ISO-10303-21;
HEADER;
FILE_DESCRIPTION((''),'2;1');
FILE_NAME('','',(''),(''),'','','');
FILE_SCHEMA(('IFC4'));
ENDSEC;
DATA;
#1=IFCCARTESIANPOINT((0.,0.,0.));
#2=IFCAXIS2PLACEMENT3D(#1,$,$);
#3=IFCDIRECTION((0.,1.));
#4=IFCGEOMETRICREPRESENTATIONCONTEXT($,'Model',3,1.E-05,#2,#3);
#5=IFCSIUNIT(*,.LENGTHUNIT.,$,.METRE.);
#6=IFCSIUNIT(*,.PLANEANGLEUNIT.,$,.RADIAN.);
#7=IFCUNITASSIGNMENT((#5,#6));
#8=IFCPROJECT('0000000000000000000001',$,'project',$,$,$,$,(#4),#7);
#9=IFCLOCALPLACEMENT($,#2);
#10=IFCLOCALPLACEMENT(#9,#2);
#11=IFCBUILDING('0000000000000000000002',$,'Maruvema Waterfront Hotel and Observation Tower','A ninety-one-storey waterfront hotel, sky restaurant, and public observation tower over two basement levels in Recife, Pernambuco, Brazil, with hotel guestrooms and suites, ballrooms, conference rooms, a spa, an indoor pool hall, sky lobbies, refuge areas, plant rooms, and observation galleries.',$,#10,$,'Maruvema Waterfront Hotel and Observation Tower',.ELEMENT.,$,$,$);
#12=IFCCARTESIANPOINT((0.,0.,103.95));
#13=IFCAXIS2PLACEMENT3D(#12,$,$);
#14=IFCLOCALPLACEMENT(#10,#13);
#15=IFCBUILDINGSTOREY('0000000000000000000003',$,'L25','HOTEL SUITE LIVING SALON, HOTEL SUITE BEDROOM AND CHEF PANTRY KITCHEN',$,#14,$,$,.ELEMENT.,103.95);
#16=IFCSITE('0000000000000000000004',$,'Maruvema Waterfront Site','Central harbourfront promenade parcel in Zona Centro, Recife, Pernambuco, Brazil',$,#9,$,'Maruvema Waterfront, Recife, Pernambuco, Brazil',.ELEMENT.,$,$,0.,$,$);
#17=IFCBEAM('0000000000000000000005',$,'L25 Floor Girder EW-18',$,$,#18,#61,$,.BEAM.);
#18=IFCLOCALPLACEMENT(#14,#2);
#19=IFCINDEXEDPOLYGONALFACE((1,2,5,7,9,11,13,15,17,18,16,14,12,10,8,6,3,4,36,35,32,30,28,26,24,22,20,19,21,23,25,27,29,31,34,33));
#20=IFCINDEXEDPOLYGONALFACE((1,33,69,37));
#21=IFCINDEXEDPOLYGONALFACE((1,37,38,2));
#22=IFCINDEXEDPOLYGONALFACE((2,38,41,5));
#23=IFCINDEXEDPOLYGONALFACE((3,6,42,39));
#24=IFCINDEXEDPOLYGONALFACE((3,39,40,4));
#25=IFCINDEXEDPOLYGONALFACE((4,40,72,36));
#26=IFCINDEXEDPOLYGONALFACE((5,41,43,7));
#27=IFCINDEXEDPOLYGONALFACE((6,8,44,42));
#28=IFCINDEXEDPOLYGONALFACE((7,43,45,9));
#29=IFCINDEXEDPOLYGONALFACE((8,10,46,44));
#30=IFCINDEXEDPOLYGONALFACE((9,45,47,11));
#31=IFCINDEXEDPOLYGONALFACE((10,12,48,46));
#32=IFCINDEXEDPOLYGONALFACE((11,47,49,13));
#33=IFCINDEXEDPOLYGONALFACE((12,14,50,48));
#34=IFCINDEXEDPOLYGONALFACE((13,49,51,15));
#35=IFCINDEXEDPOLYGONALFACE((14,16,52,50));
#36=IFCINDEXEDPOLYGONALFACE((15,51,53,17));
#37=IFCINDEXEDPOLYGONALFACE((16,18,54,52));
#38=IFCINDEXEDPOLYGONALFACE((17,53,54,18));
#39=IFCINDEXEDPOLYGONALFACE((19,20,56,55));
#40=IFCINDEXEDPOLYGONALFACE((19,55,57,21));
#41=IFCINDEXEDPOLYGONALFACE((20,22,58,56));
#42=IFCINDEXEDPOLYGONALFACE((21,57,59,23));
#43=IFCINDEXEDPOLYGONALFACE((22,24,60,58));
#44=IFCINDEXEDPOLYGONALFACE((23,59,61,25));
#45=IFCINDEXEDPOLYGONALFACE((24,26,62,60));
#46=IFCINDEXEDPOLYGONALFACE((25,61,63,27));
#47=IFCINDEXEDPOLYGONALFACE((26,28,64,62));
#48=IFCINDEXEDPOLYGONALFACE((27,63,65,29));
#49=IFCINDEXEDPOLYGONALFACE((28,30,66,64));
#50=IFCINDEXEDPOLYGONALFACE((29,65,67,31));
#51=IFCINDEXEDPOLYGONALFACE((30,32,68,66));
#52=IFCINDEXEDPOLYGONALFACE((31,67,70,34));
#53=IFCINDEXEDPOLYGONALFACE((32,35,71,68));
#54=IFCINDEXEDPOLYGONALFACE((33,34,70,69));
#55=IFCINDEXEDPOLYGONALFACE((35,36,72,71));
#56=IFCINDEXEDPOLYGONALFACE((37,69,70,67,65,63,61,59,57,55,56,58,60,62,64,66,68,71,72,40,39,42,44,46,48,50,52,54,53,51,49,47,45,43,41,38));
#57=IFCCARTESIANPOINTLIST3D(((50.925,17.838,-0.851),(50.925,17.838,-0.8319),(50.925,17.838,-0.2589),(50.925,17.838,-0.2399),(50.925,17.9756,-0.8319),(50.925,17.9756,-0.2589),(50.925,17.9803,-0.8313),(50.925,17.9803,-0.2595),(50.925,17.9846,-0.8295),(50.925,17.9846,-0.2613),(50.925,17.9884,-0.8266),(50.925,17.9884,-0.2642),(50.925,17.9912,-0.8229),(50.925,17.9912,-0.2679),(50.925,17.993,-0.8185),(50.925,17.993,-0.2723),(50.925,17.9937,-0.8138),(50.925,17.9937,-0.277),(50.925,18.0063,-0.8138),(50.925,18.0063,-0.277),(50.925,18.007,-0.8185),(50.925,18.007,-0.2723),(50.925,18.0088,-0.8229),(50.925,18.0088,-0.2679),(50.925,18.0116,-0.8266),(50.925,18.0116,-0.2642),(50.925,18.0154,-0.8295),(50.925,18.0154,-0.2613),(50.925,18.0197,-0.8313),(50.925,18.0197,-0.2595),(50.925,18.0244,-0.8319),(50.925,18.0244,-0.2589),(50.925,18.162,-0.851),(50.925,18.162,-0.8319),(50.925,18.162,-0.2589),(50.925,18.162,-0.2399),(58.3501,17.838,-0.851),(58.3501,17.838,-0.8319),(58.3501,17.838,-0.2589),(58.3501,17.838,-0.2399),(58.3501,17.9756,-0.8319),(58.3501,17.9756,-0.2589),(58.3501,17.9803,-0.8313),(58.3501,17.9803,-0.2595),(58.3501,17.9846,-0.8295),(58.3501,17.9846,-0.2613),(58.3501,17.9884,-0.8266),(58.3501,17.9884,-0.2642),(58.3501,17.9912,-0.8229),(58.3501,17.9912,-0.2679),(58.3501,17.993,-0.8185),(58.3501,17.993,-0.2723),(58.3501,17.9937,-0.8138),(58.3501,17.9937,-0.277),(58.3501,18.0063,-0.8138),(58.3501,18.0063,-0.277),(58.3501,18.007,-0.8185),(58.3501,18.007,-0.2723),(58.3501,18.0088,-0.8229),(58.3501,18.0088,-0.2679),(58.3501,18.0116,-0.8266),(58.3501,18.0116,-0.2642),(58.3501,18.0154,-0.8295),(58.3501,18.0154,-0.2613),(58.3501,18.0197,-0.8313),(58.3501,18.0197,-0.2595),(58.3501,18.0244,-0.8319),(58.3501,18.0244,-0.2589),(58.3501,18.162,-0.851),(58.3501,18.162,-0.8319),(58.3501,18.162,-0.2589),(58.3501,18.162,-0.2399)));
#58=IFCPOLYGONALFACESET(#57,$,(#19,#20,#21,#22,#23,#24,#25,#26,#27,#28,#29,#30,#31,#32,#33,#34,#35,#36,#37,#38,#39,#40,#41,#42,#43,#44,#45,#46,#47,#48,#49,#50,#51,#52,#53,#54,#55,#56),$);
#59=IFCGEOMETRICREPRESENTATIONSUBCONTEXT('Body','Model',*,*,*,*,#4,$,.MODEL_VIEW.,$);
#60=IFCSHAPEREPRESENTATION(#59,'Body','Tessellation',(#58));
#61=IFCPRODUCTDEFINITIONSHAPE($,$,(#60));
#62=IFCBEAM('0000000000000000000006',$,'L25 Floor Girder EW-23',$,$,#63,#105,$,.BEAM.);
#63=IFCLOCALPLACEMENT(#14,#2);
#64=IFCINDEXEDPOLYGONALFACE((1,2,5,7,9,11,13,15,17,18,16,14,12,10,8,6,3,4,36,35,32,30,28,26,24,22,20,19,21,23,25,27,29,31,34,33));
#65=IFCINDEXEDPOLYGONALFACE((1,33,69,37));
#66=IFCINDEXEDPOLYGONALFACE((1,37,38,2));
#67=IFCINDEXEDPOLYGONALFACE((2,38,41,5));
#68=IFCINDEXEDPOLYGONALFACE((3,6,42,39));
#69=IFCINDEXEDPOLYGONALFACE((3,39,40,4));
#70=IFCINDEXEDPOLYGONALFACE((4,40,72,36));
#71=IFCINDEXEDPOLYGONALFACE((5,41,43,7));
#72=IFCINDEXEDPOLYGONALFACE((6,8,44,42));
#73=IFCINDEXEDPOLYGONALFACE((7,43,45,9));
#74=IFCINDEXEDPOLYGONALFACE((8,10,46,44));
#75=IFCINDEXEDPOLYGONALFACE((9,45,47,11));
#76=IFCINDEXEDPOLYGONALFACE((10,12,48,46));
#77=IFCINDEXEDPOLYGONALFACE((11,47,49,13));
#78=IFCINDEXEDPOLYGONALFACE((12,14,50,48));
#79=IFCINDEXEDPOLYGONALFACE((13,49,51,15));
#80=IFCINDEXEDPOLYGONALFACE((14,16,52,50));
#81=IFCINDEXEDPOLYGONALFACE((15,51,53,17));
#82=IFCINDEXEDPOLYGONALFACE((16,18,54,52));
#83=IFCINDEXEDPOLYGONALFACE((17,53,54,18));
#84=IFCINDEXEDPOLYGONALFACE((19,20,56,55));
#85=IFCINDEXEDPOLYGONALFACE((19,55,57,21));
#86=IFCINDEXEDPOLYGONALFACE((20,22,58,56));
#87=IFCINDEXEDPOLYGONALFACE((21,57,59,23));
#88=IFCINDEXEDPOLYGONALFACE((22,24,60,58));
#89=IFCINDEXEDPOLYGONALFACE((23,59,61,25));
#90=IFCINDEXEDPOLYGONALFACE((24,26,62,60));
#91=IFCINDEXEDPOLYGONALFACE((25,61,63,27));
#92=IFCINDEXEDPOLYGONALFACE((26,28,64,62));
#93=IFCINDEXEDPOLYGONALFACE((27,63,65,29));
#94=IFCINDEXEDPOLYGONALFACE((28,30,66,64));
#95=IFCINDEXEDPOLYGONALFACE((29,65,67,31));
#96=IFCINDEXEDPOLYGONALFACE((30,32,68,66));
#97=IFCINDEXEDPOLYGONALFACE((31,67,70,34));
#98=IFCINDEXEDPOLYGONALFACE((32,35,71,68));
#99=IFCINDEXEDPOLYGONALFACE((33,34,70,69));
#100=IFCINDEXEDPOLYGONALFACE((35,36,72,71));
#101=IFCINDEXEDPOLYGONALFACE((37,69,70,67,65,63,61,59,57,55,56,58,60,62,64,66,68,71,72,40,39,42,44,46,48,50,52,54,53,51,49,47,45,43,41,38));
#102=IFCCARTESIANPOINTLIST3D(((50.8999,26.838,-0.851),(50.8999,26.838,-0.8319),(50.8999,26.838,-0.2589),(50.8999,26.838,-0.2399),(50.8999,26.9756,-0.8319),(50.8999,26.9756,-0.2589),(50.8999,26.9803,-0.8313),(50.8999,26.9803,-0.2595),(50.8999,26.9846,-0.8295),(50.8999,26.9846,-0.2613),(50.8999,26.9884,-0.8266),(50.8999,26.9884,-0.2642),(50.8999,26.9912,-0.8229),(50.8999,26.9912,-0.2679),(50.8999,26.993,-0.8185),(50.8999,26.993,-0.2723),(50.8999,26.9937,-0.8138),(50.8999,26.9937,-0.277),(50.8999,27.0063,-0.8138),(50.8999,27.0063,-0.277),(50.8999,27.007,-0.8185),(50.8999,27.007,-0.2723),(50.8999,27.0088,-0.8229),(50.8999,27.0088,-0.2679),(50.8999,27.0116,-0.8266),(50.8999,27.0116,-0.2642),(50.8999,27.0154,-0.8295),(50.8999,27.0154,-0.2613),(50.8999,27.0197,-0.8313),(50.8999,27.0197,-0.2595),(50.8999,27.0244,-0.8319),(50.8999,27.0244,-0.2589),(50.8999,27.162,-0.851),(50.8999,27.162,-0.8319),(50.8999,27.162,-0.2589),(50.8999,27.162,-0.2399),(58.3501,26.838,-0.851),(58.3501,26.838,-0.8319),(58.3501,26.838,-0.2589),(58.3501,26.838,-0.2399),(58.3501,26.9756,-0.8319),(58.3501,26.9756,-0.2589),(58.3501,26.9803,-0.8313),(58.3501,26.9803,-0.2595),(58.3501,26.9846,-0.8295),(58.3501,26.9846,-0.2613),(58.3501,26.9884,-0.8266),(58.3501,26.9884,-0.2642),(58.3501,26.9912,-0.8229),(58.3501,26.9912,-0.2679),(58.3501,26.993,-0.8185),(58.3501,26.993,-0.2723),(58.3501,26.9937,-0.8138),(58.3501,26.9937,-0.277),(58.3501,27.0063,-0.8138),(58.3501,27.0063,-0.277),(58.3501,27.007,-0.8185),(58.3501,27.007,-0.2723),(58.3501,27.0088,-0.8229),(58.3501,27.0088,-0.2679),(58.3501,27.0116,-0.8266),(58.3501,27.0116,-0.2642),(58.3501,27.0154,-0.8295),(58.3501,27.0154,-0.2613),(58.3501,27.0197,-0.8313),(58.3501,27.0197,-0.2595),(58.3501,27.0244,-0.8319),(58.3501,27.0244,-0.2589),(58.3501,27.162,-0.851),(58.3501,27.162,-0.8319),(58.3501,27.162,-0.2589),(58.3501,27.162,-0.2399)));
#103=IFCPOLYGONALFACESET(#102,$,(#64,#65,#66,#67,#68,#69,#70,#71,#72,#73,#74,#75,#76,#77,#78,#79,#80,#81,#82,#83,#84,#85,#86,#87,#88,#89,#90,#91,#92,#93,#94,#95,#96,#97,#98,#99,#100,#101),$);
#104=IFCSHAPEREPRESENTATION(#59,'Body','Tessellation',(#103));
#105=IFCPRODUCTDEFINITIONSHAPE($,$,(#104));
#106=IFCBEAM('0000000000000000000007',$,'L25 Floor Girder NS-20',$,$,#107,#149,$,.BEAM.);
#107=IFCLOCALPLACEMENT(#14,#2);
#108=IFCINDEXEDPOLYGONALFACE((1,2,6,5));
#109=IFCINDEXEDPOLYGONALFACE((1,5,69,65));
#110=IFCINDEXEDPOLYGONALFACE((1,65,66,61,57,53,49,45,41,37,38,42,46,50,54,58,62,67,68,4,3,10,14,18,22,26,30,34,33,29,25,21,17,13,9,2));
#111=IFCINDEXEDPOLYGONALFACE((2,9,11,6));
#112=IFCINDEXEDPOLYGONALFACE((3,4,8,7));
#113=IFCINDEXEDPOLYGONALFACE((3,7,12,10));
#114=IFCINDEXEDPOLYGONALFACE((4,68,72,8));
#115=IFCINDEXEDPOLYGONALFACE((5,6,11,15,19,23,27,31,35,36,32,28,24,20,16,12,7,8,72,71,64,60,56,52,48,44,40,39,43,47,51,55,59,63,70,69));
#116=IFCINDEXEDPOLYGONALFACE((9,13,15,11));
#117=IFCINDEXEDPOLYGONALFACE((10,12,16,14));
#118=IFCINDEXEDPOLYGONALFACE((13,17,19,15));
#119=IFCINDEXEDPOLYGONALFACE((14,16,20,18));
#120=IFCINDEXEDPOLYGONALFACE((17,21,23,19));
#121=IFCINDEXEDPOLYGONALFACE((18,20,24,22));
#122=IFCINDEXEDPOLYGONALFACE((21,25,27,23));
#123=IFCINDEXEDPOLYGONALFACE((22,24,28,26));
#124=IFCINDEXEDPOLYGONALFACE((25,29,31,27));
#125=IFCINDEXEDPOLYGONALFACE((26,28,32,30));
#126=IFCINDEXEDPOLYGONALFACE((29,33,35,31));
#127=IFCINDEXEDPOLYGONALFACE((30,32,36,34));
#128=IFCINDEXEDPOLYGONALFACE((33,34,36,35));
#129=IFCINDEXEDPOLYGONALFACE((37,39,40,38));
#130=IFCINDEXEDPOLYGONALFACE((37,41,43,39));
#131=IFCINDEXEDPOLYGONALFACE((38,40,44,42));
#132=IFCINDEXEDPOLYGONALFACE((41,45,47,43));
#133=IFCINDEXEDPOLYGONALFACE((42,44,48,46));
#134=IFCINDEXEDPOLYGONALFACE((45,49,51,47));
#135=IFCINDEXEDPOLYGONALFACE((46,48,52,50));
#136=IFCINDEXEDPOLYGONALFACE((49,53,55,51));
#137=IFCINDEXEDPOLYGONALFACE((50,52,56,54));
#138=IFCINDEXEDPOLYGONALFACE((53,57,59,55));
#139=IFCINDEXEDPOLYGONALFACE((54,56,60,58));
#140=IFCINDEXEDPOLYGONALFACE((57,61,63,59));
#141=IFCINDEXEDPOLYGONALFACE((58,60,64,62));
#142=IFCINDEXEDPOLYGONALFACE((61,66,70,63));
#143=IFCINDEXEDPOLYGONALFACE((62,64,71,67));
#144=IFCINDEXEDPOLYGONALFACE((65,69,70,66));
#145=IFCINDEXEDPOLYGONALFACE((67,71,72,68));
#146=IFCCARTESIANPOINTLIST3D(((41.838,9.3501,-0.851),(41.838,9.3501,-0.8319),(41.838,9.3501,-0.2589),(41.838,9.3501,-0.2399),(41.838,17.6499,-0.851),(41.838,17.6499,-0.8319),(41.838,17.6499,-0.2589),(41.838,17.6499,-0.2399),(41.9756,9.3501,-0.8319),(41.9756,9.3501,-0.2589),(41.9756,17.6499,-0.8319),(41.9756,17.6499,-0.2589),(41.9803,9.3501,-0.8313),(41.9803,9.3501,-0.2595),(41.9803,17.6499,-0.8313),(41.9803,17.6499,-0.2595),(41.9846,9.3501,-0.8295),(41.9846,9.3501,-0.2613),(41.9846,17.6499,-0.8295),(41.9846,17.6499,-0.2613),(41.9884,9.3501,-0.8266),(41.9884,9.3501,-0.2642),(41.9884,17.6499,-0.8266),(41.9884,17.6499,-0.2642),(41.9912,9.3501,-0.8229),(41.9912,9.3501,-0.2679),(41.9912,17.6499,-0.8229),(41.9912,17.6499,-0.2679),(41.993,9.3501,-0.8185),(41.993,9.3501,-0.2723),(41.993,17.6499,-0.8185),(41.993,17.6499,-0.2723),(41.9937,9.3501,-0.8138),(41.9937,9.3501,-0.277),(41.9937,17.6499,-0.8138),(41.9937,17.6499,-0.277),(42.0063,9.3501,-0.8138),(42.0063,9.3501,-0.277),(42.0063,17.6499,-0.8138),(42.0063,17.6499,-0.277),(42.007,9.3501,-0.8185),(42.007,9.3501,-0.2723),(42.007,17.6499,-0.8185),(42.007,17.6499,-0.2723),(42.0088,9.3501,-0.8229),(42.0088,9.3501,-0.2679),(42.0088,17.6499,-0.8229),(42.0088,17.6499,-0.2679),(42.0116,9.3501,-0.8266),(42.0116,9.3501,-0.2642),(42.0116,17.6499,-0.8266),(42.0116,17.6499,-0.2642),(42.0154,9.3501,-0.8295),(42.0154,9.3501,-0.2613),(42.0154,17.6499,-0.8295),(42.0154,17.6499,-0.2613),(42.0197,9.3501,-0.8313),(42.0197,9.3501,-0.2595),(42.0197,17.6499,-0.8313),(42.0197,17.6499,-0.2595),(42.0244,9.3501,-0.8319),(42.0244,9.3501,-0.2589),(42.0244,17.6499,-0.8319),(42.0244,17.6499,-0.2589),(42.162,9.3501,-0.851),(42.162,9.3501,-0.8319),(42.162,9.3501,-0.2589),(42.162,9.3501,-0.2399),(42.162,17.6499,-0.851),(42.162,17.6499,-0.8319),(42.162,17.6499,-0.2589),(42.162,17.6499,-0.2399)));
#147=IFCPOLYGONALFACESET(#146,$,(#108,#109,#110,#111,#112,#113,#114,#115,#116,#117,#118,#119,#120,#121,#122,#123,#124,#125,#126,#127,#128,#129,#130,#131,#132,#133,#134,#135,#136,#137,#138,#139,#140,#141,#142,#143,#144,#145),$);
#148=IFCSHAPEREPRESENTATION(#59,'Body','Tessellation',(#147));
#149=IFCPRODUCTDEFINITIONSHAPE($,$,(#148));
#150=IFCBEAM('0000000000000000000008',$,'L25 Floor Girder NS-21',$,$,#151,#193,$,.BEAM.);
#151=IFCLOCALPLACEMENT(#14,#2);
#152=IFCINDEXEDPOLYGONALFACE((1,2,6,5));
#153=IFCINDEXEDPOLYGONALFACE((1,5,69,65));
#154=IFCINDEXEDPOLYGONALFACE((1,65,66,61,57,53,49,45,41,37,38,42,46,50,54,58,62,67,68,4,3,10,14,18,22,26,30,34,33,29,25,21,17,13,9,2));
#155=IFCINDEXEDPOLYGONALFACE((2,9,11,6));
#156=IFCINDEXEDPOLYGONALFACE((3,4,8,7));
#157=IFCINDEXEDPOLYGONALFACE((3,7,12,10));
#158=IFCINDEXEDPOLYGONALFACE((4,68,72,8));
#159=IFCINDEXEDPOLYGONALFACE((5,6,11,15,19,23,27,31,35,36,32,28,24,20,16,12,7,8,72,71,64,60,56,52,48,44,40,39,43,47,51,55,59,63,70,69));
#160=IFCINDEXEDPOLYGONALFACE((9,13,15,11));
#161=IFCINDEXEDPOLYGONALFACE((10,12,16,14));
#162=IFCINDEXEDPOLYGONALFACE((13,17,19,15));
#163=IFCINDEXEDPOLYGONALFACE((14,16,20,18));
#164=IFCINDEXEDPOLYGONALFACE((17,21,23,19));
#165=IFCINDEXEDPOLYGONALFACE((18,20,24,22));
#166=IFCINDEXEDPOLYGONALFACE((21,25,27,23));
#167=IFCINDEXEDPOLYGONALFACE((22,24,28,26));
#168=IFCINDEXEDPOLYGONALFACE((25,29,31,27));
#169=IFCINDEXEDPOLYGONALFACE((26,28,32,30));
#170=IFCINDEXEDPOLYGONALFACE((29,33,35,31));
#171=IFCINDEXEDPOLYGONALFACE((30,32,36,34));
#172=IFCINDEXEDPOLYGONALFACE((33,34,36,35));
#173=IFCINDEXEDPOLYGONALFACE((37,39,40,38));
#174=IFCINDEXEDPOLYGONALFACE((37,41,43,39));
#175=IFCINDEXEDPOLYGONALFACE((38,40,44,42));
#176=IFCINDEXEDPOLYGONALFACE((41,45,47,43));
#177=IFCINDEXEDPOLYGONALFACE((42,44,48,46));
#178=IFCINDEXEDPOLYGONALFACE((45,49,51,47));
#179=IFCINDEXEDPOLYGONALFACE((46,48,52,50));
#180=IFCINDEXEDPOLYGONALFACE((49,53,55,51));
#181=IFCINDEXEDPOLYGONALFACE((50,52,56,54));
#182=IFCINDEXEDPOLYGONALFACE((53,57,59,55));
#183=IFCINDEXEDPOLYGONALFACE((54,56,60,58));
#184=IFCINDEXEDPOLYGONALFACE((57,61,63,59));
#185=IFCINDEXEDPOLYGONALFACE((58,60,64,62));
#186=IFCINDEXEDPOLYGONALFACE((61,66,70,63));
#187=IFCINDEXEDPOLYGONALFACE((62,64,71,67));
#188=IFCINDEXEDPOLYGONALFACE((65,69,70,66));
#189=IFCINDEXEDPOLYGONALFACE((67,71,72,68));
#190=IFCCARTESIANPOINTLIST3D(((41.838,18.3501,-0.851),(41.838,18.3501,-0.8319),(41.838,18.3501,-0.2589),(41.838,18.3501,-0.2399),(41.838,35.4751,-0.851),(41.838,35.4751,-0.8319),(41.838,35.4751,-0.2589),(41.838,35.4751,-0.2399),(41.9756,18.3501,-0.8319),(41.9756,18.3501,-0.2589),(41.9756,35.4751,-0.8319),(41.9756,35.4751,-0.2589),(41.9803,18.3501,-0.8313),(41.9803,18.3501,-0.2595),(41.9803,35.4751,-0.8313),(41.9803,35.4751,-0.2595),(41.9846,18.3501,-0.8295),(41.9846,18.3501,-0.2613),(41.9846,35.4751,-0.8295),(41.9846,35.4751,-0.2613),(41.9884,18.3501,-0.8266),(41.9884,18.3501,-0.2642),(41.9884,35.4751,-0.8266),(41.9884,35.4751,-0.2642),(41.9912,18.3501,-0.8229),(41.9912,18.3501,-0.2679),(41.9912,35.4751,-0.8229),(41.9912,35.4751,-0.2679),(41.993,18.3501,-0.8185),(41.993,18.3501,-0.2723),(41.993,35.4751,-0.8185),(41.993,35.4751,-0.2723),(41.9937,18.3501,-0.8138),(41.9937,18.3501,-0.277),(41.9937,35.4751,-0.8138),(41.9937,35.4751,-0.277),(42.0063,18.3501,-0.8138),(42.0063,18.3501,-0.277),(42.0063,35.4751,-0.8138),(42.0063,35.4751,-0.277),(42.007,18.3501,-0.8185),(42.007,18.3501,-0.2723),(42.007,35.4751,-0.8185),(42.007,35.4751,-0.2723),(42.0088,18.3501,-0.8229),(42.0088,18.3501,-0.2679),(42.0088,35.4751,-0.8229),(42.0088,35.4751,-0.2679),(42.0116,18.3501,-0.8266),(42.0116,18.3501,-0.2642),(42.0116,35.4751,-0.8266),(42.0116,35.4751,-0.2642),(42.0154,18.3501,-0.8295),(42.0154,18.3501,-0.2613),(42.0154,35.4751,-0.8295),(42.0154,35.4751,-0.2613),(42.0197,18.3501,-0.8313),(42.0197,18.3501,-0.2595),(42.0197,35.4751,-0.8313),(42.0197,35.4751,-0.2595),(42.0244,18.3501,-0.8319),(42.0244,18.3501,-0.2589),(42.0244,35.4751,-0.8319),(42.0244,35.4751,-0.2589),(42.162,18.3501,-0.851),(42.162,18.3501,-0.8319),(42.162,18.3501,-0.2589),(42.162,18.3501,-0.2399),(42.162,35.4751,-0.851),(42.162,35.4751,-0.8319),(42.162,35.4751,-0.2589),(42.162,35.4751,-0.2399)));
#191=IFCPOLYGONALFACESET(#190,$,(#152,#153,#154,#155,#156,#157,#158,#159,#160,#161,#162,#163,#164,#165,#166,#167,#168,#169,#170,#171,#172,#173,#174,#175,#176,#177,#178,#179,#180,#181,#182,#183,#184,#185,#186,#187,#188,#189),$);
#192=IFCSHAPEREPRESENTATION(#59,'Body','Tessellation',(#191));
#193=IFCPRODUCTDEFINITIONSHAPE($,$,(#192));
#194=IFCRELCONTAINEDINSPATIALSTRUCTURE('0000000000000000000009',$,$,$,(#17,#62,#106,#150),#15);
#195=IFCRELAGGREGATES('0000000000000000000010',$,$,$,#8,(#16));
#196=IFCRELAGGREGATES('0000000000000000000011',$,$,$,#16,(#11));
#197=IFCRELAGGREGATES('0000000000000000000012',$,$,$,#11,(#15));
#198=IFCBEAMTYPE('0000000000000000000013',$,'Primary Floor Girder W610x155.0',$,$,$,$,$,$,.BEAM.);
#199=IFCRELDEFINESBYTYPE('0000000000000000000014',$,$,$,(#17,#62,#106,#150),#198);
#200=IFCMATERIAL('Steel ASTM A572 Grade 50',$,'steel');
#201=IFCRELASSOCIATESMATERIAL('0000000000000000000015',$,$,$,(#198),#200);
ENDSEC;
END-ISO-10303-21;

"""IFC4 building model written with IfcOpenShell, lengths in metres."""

from ifc_helpers import new_model, si_unit, direction, frame, origin, origin_2d, place, context, subcontext, project, spatial, i_section, extrude, material, material_profile, profile_set, type_object, element, save


model = new_model("IFC4")

# Units and contexts
model_context = context("Model", 3, precision=1e-05, world=origin(), true_north=direction((0.0, 1.0)))
body_context = subcontext(model_context, "Body", "Model", "MODEL_VIEW")
ifc_project = project(units=[si_unit("LENGTHUNIT", "METRE"), si_unit("PLANEANGLEUNIT", "RADIAN")], contexts=[model_context])

# Site, building, storey
site_placement = place(None, origin())
site = spatial("IfcSite", under=ifc_project, at=site_placement, Name="Maruvema Waterfront Site", Description="Central harbourfront promenade parcel in Zona Centro, Recife, Pernambuco, Brazil", LongName="Maruvema Waterfront, Recife, Pernambuco, Brazil", CompositionType="ELEMENT", RefElevation=0.0)
building_placement = place(site_placement, origin())
building = spatial("IfcBuilding", under=site, at=building_placement, Name="Maruvema Waterfront Hotel and Observation Tower", Description="A ninety-one-storey waterfront hotel, sky restaurant, and public observation tower over two basement levels in Recife, Pernambuco, Brazil, with hotel guestrooms and suites, ballrooms, conference rooms, a spa, an indoor pool hall, sky lobbies, refuge areas, plant rooms, and observation galleries.", LongName="Maruvema Waterfront Hotel and Observation Tower", CompositionType="ELEMENT")
storey_placement = place(building_placement, frame((0.0, 0.0, 103.95)))
storey = spatial("IfcBuildingStorey", under=building, at=storey_placement, Name="L25", Description="HOTEL SUITE LIVING SALON, HOTEL SUITE BEDROOM AND CHEF PANTRY KITCHEN", CompositionType="ELEMENT", Elevation=103.95)

# Beams
ifc_material_1 = material(Name="Steel ASTM A572 Grade 50", Category="steel")
ifc_material_profile_1 = material_profile(ifc_material_1, i_section(OverallWidth=0.324, OverallDepth=0.6111, WebThickness=0.0127, FlangeThickness=0.019, FilletRadius=0.0181, at=origin_2d()), Name="W610x155.0")
ifc_profile_set_1 = profile_set([ifc_material_profile_1], Name="Steel ASTM A572 Grade 50")
beam_type_1 = type_object("IfcBeamType", Name="Primary Floor Girder W610x155.0", PredefinedType="BEAM", material=ifc_profile_set_1)
beam_1_placement = place(storey_placement, frame((50.925, 18.0, -0.5454), z_axis=(1.0, 0.0, 0.0), x_axis=(0.0, 1.0, 0.0)))
element("IfcBeam", 1, at=beam_1_placement, inside=storey, type_object=beam_type_1, Name="L25 Floor Girder EW-18", PredefinedType="BEAM", context=body_context, shape_type="SweptSolid", body=[
    extrude(i_section(OverallWidth=0.324, OverallDepth=0.6111, WebThickness=0.0127, FlangeThickness=0.019, FilletRadius=0.0181, at=origin_2d()), origin(), (0.0, 0.0, 1.0), 7.425),
])
beam_2_placement = place(storey_placement, frame((50.8999, 27.0, -0.5454), z_axis=(1.0, 0.0, 0.0), x_axis=(0.0, 1.0, 0.0)))
element("IfcBeam", 2, at=beam_2_placement, inside=storey, type_object=beam_type_1, Name="L25 Floor Girder EW-23", PredefinedType="BEAM", context=body_context, shape_type="SweptSolid", body=[
    extrude(i_section(OverallWidth=0.324, OverallDepth=0.6111, WebThickness=0.0127, FlangeThickness=0.019, FilletRadius=0.0181, at=origin_2d()), origin(), (0.0, 0.0, 1.0), 7.4502),
])
beam_3_placement = place(storey_placement, frame((42.0, 9.3501, -0.5454), z_axis=(0.0, 1.0, 0.0), x_axis=(-1.0, 0.0, 0.0)))
element("IfcBeam", 3, at=beam_3_placement, inside=storey, type_object=beam_type_1, Name="L25 Floor Girder NS-20", PredefinedType="BEAM", context=body_context, shape_type="SweptSolid", body=[
    extrude(i_section(OverallWidth=0.324, OverallDepth=0.6111, WebThickness=0.0127, FlangeThickness=0.019, FilletRadius=0.0181, at=origin_2d()), origin(), (0.0, 0.0, 1.0), 8.2998),
])
beam_4_placement = place(storey_placement, frame((42.0, 18.3501, -0.5454), z_axis=(0.0, 1.0, 0.0), x_axis=(-1.0, 0.0, 0.0)))
element("IfcBeam", 4, at=beam_4_placement, inside=storey, type_object=beam_type_1, Name="L25 Floor Girder NS-21", PredefinedType="BEAM", context=body_context, shape_type="SweptSolid", body=[
    extrude(i_section(OverallWidth=0.324, OverallDepth=0.6111, WebThickness=0.0127, FlangeThickness=0.019, FilletRadius=0.0181, at=origin_2d()), origin(), (0.0, 0.0, 1.0), 17.125),
])

save(model, "model.ifc")
